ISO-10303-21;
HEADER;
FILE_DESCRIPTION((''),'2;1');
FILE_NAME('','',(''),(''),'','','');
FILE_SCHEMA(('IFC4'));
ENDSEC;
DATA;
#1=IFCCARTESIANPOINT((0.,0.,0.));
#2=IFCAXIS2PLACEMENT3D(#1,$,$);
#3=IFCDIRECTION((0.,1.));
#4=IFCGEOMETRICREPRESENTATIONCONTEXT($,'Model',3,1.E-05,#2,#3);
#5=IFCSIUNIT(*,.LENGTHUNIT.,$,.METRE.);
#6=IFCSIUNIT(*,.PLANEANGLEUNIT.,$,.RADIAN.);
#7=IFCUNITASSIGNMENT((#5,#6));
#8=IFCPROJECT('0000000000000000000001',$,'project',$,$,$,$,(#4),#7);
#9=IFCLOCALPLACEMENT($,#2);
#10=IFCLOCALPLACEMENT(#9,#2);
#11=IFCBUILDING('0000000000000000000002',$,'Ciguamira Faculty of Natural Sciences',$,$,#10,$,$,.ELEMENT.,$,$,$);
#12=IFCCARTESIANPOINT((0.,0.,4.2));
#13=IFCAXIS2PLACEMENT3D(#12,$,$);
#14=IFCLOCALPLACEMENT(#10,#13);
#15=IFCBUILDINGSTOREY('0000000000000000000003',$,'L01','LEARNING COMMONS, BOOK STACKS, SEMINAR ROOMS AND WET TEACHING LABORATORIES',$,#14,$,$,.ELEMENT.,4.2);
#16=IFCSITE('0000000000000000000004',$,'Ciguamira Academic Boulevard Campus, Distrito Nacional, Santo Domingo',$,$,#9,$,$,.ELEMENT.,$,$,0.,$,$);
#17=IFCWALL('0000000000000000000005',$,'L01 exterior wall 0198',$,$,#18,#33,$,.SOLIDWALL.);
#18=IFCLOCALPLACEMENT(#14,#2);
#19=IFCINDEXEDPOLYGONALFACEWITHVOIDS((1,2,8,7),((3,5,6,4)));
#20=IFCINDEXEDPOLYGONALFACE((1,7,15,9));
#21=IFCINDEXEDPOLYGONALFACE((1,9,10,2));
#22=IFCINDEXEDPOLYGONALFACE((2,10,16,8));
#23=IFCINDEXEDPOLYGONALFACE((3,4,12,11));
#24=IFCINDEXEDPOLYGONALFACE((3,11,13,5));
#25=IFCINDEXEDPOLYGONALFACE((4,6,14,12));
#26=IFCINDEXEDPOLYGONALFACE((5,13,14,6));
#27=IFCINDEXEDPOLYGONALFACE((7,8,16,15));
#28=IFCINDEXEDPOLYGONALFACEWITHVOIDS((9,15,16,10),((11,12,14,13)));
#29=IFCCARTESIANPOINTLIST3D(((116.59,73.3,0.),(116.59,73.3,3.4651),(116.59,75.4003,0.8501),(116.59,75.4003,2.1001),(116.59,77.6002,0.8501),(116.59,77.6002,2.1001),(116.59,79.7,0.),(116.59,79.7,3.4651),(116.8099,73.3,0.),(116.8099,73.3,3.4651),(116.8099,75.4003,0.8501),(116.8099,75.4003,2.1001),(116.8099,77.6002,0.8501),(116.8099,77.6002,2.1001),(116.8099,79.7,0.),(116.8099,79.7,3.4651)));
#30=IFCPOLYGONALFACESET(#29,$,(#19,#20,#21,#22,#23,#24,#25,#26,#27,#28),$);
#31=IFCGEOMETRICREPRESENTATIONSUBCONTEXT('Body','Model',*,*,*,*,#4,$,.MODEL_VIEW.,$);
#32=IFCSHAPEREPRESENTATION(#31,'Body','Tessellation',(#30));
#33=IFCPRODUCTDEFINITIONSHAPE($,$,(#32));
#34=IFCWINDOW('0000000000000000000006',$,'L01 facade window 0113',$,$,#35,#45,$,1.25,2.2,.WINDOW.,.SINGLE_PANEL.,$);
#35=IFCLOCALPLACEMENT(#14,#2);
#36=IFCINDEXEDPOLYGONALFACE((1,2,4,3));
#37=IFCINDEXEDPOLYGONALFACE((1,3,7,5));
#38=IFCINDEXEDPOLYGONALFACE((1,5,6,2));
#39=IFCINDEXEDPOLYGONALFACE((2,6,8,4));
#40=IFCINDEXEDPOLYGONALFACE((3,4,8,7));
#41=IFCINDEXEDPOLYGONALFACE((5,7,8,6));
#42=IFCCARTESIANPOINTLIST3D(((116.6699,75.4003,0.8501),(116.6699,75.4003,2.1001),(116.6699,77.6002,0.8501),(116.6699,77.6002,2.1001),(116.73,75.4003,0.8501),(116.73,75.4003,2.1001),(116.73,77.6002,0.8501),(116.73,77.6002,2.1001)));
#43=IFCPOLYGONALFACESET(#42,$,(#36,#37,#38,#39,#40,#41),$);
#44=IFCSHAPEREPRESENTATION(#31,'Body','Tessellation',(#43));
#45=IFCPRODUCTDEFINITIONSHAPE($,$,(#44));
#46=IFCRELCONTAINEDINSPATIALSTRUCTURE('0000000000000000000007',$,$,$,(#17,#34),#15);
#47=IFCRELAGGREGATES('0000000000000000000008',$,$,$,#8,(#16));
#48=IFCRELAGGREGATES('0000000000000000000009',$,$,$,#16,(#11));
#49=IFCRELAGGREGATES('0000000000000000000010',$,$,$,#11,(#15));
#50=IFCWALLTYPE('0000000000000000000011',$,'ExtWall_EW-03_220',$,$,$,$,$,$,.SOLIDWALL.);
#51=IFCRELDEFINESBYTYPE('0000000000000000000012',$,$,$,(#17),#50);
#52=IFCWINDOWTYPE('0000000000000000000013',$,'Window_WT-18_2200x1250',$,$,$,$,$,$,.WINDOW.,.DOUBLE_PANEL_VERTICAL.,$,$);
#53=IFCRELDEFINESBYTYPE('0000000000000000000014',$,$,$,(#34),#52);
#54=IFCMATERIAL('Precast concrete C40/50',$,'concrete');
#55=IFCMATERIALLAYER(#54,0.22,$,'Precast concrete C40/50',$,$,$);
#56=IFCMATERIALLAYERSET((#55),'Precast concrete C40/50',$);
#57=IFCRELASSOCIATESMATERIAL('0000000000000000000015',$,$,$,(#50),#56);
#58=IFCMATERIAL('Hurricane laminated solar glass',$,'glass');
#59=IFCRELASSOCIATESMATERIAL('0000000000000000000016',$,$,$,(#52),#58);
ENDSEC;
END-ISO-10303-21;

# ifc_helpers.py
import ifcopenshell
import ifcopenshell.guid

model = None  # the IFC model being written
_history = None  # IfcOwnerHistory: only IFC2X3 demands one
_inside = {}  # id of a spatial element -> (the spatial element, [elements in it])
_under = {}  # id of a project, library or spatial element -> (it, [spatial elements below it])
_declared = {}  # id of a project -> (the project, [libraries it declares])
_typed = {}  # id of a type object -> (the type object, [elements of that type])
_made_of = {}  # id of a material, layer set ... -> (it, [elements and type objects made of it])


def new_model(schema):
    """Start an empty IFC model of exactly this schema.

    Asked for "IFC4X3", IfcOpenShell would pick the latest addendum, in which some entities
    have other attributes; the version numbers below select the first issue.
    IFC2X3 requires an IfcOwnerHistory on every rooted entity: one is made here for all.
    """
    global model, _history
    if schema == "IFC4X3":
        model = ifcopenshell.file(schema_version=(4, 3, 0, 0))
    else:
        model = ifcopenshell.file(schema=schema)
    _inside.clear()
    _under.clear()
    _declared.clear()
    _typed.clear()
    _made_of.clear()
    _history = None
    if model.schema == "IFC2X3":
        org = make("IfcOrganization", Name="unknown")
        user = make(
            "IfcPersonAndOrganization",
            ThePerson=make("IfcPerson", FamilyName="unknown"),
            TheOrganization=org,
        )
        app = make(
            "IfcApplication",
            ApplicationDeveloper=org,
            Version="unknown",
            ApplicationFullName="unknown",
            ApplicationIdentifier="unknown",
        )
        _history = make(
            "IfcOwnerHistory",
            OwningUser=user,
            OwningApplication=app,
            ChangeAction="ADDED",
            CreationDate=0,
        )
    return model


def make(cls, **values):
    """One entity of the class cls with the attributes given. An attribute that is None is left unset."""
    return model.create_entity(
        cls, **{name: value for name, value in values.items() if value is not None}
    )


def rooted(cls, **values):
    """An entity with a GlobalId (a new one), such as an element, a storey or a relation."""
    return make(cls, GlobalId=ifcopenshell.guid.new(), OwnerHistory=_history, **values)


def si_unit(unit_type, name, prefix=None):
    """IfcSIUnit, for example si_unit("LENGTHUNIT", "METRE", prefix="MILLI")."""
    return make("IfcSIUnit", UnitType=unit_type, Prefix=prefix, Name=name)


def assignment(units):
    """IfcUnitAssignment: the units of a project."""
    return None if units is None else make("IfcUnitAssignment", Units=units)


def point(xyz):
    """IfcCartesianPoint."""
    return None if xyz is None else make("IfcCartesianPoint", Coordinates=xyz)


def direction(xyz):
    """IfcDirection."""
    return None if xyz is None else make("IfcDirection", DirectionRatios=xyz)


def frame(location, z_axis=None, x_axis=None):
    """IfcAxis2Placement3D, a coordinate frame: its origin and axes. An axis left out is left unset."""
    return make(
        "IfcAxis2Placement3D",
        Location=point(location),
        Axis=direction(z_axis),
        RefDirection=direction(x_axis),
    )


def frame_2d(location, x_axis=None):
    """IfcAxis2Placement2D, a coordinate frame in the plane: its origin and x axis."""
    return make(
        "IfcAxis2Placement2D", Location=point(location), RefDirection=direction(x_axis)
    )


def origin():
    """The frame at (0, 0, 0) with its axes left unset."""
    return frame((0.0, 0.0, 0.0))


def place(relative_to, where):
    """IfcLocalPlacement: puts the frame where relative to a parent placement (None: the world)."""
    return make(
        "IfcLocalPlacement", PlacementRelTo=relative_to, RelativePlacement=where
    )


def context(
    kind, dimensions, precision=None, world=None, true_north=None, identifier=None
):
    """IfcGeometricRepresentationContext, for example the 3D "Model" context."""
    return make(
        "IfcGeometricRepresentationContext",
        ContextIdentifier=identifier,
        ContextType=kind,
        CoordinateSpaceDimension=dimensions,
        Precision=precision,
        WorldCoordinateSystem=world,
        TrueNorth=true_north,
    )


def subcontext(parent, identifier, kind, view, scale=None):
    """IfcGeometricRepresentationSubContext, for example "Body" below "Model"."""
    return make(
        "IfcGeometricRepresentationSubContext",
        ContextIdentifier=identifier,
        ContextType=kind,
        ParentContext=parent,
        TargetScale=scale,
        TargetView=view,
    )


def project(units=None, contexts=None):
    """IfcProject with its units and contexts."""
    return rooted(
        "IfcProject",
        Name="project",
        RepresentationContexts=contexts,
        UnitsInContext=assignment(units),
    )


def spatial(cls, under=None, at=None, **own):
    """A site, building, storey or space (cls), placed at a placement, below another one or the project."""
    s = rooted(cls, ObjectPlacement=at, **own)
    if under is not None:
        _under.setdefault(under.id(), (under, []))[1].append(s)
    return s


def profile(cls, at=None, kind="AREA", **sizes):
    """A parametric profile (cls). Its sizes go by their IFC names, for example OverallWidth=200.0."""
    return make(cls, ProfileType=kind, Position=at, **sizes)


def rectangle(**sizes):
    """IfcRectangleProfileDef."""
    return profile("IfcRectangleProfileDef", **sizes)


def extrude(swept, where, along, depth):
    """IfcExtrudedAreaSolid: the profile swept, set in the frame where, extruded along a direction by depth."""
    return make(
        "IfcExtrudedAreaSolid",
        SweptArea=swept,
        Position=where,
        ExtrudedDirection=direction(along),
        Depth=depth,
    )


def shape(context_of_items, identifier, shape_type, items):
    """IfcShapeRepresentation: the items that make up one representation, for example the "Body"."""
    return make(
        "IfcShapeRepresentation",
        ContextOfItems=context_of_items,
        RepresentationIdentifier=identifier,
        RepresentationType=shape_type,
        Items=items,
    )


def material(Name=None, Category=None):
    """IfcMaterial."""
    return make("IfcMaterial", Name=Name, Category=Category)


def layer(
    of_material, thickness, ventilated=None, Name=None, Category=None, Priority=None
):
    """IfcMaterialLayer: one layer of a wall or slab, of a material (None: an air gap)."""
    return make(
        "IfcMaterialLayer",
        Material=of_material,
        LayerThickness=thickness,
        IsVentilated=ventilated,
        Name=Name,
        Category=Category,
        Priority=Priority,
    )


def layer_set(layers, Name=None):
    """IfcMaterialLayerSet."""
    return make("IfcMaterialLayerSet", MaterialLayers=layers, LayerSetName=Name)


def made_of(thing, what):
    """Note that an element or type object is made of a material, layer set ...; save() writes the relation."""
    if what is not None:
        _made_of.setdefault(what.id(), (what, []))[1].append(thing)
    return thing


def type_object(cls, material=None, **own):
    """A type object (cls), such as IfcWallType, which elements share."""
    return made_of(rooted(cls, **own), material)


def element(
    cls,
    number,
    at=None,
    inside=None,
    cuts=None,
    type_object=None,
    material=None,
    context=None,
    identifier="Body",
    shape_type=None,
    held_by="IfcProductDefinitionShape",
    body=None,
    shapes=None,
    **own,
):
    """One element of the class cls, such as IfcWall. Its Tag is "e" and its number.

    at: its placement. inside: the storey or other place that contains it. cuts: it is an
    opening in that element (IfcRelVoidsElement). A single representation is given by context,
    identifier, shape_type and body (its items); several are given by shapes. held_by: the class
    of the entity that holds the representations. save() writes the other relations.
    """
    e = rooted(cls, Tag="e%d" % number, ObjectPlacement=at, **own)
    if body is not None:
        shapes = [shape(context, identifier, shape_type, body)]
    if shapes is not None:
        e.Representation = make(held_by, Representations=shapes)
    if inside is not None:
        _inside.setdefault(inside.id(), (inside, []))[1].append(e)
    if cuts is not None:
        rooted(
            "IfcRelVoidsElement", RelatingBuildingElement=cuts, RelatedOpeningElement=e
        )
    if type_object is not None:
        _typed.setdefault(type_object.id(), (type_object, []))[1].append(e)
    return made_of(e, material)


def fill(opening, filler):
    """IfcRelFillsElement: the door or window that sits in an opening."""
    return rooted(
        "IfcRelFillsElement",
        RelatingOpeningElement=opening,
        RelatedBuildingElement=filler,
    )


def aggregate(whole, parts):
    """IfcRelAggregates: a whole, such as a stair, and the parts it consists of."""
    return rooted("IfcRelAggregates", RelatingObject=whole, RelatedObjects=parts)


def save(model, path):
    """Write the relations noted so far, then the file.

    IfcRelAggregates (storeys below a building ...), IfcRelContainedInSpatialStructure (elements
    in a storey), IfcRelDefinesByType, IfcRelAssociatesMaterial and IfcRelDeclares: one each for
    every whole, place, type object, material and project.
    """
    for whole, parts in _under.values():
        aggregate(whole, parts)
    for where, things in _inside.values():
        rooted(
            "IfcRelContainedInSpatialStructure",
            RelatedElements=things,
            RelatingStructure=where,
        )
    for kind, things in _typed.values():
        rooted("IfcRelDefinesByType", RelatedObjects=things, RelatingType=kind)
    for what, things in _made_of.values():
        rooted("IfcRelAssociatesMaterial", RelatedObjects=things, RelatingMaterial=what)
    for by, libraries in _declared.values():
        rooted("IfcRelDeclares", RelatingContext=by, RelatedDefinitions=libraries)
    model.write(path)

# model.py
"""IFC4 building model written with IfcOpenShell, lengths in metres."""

from ifc_helpers import new_model, si_unit, direction, frame, frame_2d, origin, place, context, subcontext, project, spatial, rectangle, extrude, material, layer, layer_set, type_object, element, fill, save


model = new_model("IFC4")

# Units and contexts
model_context = context("Model", 3, precision=1e-05, world=origin(), true_north=direction((0.0, 1.0)))
body_context = subcontext(model_context, "Body", "Model", "MODEL_VIEW")
ifc_project = project(units=[si_unit("LENGTHUNIT", "METRE"), si_unit("PLANEANGLEUNIT", "RADIAN")], contexts=[model_context])

# Site, building, storey
site_placement = place(None, origin())
site = spatial("IfcSite", under=ifc_project, at=site_placement, Name="Ciguamira Academic Boulevard Campus, Distrito Nacional, Santo Domingo", CompositionType="ELEMENT", RefElevation=0.0)
building_placement = place(site_placement, origin())
building = spatial("IfcBuilding", under=site, at=building_placement, Name="Ciguamira Faculty of Natural Sciences", CompositionType="ELEMENT")
storey_placement = place(building_placement, frame((0.0, 0.0, 4.2)))
storey = spatial("IfcBuildingStorey", under=building, at=storey_placement, Name="L01", Description="LEARNING COMMONS, BOOK STACKS, SEMINAR ROOMS AND WET TEACHING LABORATORIES", CompositionType="ELEMENT", Elevation=4.2)

# Shared definitions
ifc_material_1 = material(Name="Precast concrete C40/50", Category="concrete")

# Wall, opening, window
ifc_layer_1 = layer(ifc_material_1, 0.22, Name="Precast concrete C40/50")
ifc_layer_set_1 = layer_set([ifc_layer_1], Name="Precast concrete C40/50")
wall_type = type_object("IfcWallType", Name="ExtWall_EW-03_220", PredefinedType="SOLIDWALL", material=ifc_layer_set_1)
wall_placement = place(storey_placement, frame((116.7, 73.3, 0.0), z_axis=(0.0, 0.0, 1.0), x_axis=(0.0, 1.0, 0.0)))
wall = element("IfcWall", 1, at=wall_placement, inside=storey, type_object=wall_type, Name="L01 exterior wall 0198", PredefinedType="SOLIDWALL", context=body_context, shape_type="SweptSolid", body=[
    extrude(rectangle(XDim=6.3999, YDim=0.22, at=frame_2d((3.2, 0.0))), origin(), (0.0, 0.0, 1.0), 3.4651),
])
opening_placement = place(wall_placement, frame((2.1001, 0.0, 0.8501)))
opening = element("IfcOpeningElement", 2, at=opening_placement, cuts=wall, PredefinedType="OPENING", context=body_context, shape_type="SweptSolid", body=[
    extrude(rectangle(XDim=2.2, YDim=1.25, at=frame_2d((1.1001, 0.625))), frame((0.0, 0.1199, 0.0), z_axis=(0.0, -1.0, 0.0), x_axis=(1.0, 0.0, 0.0)), (0.0, 0.0, 1.0), 0.24),
])
ifc_material_2 = material(Name="Hurricane laminated solar glass", Category="glass")
window_type = type_object("IfcWindowType", Name="Window_WT-18_2200x1250", PartitioningType="DOUBLE_PANEL_VERTICAL", PredefinedType="WINDOW", material=ifc_material_2)
window_placement = place(opening_placement, origin())
window = element("IfcWindow", 3, at=window_placement, inside=storey, type_object=window_type, Name="L01 facade window 0113", OverallHeight=1.25, OverallWidth=2.2, PartitioningType="SINGLE_PANEL", PredefinedType="WINDOW", context=body_context, shape_type="SweptSolid", body=[
    extrude(rectangle(XDim=2.2, YDim=1.25, at=frame_2d((1.1001, 0.625))), frame((0.0, 0.03, 0.0), z_axis=(0.0, -1.0, 0.0), x_axis=(1.0, 0.0, 0.0)), (0.0, 0.0, 1.0), 0.0601),
])
fill(opening, window)

save(model, "model.ifc")
